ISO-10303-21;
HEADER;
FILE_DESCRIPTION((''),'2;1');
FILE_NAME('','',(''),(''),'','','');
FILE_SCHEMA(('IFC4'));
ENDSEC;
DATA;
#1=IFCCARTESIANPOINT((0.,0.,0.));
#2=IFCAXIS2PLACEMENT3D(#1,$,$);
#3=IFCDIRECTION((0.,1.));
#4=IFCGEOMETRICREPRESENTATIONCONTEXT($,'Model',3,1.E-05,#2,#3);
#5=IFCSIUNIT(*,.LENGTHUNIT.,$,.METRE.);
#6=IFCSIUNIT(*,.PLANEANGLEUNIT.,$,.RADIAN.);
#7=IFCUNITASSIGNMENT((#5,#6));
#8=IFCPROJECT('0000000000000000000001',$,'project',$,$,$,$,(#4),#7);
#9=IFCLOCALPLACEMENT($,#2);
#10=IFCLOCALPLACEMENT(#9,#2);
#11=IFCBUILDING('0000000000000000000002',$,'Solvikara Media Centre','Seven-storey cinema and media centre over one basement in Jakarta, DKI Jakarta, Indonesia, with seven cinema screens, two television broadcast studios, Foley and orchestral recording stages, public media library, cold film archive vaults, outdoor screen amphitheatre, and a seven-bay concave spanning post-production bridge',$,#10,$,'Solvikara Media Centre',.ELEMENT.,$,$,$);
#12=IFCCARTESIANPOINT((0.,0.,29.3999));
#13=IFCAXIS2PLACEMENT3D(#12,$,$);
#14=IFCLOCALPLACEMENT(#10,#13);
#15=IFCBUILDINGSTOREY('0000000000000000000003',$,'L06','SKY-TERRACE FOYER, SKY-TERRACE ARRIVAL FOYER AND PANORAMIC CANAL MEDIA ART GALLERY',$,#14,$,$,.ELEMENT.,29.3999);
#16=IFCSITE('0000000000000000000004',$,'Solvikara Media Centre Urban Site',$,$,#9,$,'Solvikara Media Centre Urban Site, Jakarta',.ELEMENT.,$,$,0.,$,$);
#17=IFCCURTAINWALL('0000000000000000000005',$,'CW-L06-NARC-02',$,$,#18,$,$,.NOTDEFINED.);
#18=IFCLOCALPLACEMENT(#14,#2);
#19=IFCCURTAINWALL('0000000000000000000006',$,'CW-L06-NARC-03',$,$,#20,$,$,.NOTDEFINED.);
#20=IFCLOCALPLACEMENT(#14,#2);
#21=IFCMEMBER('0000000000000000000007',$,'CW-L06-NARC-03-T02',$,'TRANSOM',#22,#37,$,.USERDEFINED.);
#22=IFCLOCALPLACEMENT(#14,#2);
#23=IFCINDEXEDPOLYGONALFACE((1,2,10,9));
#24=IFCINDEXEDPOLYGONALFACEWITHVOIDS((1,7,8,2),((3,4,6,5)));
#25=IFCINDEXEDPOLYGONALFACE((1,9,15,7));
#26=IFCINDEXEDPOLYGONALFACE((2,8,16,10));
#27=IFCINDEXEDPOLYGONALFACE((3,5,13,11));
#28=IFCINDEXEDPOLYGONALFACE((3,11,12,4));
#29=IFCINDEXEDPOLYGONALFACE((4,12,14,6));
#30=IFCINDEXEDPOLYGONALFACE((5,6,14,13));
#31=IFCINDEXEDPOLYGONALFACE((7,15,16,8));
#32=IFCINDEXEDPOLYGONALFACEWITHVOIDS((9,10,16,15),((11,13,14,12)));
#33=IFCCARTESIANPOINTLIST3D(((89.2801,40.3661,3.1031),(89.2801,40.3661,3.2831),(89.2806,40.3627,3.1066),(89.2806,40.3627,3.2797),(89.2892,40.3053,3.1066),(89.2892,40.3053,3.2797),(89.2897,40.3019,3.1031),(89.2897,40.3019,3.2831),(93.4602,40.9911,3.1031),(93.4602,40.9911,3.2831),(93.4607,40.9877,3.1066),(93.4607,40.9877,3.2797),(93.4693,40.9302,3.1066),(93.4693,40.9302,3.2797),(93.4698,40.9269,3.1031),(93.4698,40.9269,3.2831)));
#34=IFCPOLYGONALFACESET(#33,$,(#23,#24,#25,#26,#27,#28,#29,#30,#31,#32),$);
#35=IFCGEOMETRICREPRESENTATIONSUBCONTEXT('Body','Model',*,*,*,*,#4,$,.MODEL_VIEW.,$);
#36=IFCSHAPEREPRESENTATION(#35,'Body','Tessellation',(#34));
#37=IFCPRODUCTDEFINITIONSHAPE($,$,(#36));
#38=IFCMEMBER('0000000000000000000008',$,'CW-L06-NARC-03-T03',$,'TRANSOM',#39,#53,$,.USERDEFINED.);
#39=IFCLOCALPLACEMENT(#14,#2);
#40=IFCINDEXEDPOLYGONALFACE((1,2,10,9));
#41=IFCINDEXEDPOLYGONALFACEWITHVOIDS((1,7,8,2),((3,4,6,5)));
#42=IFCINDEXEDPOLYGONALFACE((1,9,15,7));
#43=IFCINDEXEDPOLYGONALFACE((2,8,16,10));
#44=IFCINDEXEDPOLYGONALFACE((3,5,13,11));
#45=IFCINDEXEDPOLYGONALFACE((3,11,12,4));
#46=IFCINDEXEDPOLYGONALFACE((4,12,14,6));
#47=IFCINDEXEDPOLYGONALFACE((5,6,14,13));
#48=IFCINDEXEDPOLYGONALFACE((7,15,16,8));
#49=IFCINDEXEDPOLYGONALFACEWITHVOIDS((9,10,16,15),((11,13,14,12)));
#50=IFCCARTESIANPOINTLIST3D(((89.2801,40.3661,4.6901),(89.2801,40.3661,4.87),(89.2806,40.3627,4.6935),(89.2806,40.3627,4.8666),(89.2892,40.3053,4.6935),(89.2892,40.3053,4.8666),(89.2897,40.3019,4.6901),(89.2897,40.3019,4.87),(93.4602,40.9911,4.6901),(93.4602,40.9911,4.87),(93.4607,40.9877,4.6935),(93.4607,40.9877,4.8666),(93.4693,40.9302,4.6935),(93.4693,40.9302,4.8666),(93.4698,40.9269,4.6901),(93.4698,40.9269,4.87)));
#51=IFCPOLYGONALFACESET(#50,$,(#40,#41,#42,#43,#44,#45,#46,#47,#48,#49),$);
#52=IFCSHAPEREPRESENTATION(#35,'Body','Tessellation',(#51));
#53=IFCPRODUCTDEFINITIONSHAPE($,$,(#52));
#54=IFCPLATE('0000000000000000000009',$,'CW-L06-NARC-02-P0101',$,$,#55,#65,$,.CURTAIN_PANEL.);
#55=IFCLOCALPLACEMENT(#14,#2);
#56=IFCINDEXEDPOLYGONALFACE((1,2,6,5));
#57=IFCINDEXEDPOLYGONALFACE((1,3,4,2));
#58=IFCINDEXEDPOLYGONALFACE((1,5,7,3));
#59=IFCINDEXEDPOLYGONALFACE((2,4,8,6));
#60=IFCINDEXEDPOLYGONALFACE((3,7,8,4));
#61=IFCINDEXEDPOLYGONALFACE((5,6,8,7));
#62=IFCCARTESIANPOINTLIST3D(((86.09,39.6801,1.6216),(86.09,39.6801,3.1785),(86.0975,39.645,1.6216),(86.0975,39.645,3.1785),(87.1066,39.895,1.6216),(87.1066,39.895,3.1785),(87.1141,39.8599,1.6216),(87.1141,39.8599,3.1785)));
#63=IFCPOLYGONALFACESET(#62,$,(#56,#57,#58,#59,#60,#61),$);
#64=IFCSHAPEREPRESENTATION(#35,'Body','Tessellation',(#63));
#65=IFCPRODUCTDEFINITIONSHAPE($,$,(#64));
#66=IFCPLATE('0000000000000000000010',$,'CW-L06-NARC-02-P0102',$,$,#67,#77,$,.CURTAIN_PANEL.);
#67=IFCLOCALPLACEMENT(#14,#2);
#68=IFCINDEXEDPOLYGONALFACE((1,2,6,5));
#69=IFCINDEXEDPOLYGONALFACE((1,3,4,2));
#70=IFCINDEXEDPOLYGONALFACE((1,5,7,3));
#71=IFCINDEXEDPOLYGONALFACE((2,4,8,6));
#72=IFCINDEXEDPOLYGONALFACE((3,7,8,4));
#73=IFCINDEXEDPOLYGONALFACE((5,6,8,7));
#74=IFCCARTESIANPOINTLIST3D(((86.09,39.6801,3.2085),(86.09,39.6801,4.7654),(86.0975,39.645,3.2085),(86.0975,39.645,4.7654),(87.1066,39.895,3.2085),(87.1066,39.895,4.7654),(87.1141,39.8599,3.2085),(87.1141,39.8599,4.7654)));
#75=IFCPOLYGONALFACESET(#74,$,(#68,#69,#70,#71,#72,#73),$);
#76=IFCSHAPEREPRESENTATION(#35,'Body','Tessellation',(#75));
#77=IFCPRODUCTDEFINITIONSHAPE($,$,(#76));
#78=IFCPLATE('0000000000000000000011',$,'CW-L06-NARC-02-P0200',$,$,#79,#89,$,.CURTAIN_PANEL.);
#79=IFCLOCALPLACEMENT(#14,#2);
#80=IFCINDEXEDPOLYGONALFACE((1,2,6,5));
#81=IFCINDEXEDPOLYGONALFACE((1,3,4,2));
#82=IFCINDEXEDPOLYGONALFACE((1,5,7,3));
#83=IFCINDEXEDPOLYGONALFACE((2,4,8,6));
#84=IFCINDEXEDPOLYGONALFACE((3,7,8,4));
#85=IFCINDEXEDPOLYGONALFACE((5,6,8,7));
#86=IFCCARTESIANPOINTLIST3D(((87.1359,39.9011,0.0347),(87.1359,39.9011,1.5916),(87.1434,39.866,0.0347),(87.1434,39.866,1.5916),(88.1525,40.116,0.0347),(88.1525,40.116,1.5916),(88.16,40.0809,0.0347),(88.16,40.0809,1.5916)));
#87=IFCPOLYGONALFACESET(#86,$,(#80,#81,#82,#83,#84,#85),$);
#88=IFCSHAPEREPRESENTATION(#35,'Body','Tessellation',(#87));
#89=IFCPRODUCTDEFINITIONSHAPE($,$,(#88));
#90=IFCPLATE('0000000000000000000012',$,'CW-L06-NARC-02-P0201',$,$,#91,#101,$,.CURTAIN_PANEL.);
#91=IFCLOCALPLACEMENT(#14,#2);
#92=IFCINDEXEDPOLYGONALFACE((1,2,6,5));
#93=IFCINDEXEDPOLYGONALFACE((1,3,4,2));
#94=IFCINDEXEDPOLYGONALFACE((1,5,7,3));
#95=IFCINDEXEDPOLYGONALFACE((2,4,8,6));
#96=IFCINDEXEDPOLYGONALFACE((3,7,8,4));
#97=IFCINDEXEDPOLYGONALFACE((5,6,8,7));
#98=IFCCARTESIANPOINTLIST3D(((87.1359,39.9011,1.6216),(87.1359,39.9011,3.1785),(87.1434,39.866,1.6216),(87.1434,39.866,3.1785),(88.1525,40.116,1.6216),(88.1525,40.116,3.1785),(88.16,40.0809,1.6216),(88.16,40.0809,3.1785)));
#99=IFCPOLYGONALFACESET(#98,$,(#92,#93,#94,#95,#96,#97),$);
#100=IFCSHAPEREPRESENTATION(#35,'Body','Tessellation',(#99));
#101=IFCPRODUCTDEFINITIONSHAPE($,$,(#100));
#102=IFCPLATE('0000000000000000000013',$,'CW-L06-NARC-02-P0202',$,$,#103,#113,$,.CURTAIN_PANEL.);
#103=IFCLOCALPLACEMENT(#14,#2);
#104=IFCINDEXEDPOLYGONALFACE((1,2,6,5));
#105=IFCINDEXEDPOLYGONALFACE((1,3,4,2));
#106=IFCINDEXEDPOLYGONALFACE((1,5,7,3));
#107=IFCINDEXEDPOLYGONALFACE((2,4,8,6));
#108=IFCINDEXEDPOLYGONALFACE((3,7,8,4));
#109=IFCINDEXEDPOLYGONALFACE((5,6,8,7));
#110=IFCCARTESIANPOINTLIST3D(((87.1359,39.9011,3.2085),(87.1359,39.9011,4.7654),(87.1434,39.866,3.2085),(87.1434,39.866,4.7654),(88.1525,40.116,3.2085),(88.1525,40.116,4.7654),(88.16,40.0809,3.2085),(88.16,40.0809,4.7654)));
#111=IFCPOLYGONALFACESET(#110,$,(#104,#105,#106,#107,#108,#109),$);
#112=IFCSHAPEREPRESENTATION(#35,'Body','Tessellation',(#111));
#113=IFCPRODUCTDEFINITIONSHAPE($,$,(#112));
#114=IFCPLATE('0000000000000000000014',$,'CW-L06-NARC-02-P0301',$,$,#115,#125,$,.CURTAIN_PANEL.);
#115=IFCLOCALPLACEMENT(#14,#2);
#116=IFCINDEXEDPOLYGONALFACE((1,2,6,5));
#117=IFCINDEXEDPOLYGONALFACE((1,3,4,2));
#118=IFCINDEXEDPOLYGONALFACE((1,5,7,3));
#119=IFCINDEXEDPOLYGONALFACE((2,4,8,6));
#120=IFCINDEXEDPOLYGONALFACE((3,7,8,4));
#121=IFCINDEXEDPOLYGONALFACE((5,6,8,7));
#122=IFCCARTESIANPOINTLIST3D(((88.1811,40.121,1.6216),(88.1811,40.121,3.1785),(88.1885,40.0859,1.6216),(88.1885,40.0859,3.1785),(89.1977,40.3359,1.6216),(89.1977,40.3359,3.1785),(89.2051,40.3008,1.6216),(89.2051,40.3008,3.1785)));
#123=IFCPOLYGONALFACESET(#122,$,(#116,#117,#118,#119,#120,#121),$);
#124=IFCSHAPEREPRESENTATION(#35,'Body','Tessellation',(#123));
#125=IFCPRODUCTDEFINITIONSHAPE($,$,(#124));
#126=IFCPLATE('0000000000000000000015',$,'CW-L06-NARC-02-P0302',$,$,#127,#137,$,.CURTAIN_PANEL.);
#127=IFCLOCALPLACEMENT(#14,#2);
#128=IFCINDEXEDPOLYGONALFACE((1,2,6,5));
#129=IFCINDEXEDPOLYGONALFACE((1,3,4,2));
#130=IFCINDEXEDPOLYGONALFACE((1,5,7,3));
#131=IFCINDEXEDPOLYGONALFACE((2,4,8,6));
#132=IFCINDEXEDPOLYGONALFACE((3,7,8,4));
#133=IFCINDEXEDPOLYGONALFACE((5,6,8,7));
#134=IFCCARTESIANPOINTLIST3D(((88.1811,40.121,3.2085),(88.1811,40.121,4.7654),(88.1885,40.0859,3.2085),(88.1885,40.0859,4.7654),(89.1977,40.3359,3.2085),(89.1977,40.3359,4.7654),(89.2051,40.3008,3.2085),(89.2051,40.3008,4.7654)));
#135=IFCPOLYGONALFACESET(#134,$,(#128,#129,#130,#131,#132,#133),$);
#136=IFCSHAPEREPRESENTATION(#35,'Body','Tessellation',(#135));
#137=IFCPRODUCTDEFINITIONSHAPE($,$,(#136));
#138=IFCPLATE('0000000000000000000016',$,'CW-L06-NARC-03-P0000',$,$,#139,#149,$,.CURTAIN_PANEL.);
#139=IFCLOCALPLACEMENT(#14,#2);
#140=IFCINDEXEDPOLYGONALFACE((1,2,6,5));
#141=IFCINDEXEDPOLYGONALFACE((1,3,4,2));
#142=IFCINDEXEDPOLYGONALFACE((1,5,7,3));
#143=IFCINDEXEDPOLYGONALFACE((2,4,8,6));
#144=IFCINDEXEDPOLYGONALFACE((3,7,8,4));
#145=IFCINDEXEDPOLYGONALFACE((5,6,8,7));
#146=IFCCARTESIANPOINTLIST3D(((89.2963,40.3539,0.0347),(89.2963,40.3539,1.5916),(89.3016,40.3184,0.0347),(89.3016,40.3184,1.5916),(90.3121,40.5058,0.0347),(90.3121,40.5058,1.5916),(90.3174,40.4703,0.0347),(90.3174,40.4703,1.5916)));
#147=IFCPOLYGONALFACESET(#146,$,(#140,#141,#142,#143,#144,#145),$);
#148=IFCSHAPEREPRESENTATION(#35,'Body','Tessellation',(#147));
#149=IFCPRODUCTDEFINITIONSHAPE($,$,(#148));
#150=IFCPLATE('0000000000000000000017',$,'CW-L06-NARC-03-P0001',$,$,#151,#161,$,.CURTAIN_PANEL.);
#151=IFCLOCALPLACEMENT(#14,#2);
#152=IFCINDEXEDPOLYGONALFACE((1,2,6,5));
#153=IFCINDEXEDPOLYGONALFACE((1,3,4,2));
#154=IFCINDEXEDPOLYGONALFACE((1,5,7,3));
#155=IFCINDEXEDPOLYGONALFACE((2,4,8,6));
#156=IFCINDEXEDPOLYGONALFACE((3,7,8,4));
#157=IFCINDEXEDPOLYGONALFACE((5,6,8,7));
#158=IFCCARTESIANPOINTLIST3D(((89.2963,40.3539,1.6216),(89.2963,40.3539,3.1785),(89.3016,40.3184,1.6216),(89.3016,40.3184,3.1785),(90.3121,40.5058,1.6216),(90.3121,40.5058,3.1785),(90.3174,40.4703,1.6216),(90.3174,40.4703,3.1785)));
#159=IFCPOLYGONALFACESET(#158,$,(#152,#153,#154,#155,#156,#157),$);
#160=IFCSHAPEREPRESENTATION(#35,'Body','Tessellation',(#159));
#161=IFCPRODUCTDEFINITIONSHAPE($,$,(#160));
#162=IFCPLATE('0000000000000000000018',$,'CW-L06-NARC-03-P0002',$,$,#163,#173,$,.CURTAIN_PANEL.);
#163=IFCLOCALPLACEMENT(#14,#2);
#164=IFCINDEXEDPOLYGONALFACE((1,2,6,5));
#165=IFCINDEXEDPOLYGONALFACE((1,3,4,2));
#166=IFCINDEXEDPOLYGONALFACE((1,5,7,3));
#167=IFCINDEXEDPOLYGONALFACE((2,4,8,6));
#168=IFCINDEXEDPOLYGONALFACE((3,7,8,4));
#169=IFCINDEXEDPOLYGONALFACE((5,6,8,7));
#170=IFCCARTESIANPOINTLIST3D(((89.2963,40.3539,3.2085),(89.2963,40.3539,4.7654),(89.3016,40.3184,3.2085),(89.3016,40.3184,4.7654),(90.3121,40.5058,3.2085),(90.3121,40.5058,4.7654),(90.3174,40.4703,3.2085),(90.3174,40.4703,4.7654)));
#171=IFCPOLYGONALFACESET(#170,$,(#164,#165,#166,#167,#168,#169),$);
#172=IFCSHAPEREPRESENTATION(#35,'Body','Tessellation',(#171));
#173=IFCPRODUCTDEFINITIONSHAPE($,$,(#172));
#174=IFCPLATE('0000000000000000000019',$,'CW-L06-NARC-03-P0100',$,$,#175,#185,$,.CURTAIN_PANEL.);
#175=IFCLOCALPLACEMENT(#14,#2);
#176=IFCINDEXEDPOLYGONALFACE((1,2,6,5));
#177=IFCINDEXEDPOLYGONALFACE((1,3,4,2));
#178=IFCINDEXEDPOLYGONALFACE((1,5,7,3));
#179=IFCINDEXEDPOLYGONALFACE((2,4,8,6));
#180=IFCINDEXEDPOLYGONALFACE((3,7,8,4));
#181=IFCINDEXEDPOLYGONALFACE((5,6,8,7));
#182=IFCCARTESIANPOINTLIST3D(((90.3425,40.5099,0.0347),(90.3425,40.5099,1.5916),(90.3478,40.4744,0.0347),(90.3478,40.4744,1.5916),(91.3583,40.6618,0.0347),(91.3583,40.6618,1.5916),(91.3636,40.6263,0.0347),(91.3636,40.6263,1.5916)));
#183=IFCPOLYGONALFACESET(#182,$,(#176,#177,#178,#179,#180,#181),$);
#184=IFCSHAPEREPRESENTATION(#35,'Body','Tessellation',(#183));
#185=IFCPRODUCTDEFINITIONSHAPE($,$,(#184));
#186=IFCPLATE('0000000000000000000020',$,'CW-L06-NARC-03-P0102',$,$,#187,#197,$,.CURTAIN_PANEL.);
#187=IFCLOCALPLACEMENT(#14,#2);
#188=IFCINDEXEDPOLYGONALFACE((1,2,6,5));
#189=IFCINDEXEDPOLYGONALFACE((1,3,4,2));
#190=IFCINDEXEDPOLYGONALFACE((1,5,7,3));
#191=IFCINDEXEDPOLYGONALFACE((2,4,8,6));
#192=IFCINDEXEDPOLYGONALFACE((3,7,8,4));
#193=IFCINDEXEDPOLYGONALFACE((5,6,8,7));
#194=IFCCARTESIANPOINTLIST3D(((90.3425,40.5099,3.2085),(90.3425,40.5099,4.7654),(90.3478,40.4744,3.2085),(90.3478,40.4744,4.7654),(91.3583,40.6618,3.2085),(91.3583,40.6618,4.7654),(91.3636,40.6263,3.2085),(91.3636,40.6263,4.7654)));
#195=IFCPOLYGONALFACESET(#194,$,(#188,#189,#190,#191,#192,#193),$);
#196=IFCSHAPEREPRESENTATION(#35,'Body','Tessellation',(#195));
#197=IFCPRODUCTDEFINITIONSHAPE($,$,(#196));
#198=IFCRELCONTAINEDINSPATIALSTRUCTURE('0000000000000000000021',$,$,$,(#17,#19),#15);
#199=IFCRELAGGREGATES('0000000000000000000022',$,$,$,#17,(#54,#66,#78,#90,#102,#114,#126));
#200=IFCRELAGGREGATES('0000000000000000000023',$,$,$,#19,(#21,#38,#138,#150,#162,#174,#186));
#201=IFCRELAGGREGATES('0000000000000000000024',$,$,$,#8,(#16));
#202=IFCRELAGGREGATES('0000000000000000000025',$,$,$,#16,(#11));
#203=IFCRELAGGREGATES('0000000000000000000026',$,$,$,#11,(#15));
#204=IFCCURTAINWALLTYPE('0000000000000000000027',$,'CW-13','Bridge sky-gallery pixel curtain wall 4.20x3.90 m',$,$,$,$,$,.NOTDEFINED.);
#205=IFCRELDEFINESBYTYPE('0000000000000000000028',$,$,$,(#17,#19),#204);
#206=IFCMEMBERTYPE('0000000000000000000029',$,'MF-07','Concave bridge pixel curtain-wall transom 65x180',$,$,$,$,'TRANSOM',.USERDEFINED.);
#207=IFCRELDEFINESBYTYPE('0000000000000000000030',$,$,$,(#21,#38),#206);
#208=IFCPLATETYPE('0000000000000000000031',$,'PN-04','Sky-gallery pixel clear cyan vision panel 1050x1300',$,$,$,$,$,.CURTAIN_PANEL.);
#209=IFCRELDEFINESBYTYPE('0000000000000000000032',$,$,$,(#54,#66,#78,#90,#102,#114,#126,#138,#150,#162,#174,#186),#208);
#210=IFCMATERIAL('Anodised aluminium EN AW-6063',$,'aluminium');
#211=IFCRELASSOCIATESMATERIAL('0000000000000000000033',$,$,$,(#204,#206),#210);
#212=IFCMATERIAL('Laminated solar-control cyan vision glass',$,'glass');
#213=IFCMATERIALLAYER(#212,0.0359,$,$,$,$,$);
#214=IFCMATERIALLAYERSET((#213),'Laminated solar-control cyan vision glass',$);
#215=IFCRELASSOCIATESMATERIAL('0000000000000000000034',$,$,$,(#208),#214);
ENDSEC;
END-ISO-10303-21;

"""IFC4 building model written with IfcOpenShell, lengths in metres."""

from ifc_helpers import new_model, si_unit, direction, frame, origin, origin_2d, place, context, subcontext, project, spatial, rectangle, hollow_rectangle, extrude, material, layer, layer_set, material_profile, profile_set, type_object, element, aggregate, save


model = new_model("IFC4")

# Units and contexts
model_context = context("Model", 3, precision=1e-05, world=origin(), true_north=direction((0.0, 1.0)))
body_context = subcontext(model_context, "Body", "Model", "MODEL_VIEW")
ifc_project = project(units=[si_unit("LENGTHUNIT", "METRE"), si_unit("PLANEANGLEUNIT", "RADIAN")], contexts=[model_context])

# Site, building, storey
site_placement = place(None, origin())
site = spatial("IfcSite", under=ifc_project, at=site_placement, Name="Solvikara Media Centre Urban Site", LongName="Solvikara Media Centre Urban Site, Jakarta", CompositionType="ELEMENT", RefElevation=0.0)
building_placement = place(site_placement, origin())
building = spatial("IfcBuilding", under=site, at=building_placement, Name="Solvikara Media Centre", Description="Seven-storey cinema and media centre over one basement in Jakarta, DKI Jakarta, Indonesia, with seven cinema screens, two television broadcast studios, Foley and orchestral recording stages, public media library, cold film archive vaults, outdoor screen amphitheatre, and a seven-bay concave spanning post-production bridge", LongName="Solvikara Media Centre", CompositionType="ELEMENT")
storey_placement = place(building_placement, frame((0.0, 0.0, 29.3999)))
storey = spatial("IfcBuildingStorey", under=building, at=storey_placement, Name="L06", Description="SKY-TERRACE FOYER, SKY-TERRACE ARRIVAL FOYER AND PANORAMIC CANAL MEDIA ART GALLERY", CompositionType="ELEMENT", Elevation=29.3999)

# Curtain walls, members
ifc_material_1 = material(Name="Anodised aluminium EN AW-6063", Category="aluminium")
curtain_wall_type = type_object("IfcCurtainWallType", Name="CW-13", Description="Bridge sky-gallery pixel curtain wall 4.20x3.90 m", PredefinedType="NOTDEFINED", material=ifc_material_1)
curtain_wall_1_placement = place(storey_placement, origin())
curtain_wall_1 = element("IfcCurtainWall", 1, at=curtain_wall_1_placement, inside=storey, type_object=curtain_wall_type, Name="CW-L06-NARC-02", PredefinedType="NOTDEFINED")
curtain_wall_2_placement = place(storey_placement, origin())
curtain_wall_2 = element("IfcCurtainWall", 2, at=curtain_wall_2_placement, inside=storey, type_object=curtain_wall_type, Name="CW-L06-NARC-03", PredefinedType="NOTDEFINED")
ifc_material_profile_1 = material_profile(ifc_material_1, hollow_rectangle(XDim=0.0649, YDim=0.1799, WallThickness=0.0034, at=origin_2d()), Name="ALU-T 65x180x3.5")
ifc_profile_set_1 = profile_set([ifc_material_profile_1], Name="Anodised aluminium EN AW-6063")
member_type_1 = type_object("IfcMemberType", Name="MF-07", Description="Concave bridge pixel curtain-wall transom 65x180", ElementType="TRANSOM", PredefinedType="USERDEFINED", material=ifc_profile_set_1)
member_1_placement = place(storey_placement, frame((89.2849, 40.334, 3.1931), z_axis=(0.989007, 0.147872, 0.0), x_axis=(-0.147872, 0.989007, 0.0)))
member_1 = element("IfcMember", 3, at=member_1_placement, type_object=member_type_1, Name="CW-L06-NARC-03-T02", ObjectType="TRANSOM", PredefinedType="USERDEFINED", context=body_context, shape_type="SweptSolid", body=[
    extrude(hollow_rectangle(XDim=0.0649, YDim=0.1799, WallThickness=0.0034, at=origin_2d()), origin(), (0.0, 0.0, 1.0), 4.2266),
])
member_2_placement = place(storey_placement, frame((89.2849, 40.334, 4.78), z_axis=(0.989007, 0.147872, 0.0), x_axis=(-0.147872, 0.989007, 0.0)))
member_2 = element("IfcMember", 4, at=member_2_placement, type_object=member_type_1, Name="CW-L06-NARC-03-T03", ObjectType="TRANSOM", PredefinedType="USERDEFINED", context=body_context, shape_type="SweptSolid", body=[
    extrude(hollow_rectangle(XDim=0.0649, YDim=0.1799, WallThickness=0.0034, at=origin_2d()), origin(), (0.0, 0.0, 1.0), 4.2266),
])

# Plates
ifc_material_2 = material(Name="Laminated solar-control cyan vision glass", Category="glass")
ifc_layer_1 = layer(ifc_material_2, 0.0359)
ifc_layer_set_1 = layer_set([ifc_layer_1], Name="Laminated solar-control cyan vision glass")
plate_type_1 = type_object("IfcPlateType", Name="PN-04", Description="Sky-gallery pixel clear cyan vision panel 1050x1300", PredefinedType="CURTAIN_PANEL", material=ifc_layer_set_1)
plate_1_placement = place(storey_placement, frame((86.6021, 39.77, 1.6216), z_axis=(0.0, 0.0, 1.0), x_axis=(0.978379, 0.206819, 0.0)))
plate_1 = element("IfcPlate", 5, at=plate_1_placement, type_object=plate_type_1, Name="CW-L06-NARC-02-P0101", PredefinedType="CURTAIN_PANEL", context=body_context, shape_type="SweptSolid", body=[
    extrude(rectangle(XDim=1.0391, YDim=0.0359, at=origin_2d()), origin(), (0.0, 0.0, 1.0), 1.5569),
])
plate_2_placement = place(storey_placement, frame((86.6021, 39.77, 3.2085), z_axis=(0.0, 0.0, 1.0), x_axis=(0.978379, 0.206819, 0.0)))
plate_2 = element("IfcPlate", 6, at=plate_2_placement, type_object=plate_type_1, Name="CW-L06-NARC-02-P0102", PredefinedType="CURTAIN_PANEL", context=body_context, shape_type="SweptSolid", body=[
    extrude(rectangle(XDim=1.0391, YDim=0.0359, at=origin_2d()), origin(), (0.0, 0.0, 1.0), 1.5569),
])
plate_3_placement = place(storey_placement, frame((87.6479, 39.991, 0.0347), z_axis=(0.0, 0.0, 1.0), x_axis=(0.978379, 0.206819, 0.0)))
plate_3 = element("IfcPlate", 7, at=plate_3_placement, type_object=plate_type_1, Name="CW-L06-NARC-02-P0200", PredefinedType="CURTAIN_PANEL", context=body_context, shape_type="SweptSolid", body=[
    extrude(rectangle(XDim=1.0391, YDim=0.0359, at=origin_2d()), origin(), (0.0, 0.0, 1.0), 1.5569),
])
plate_4_placement = place(storey_placement, frame((87.6479, 39.991, 1.6216), z_axis=(0.0, 0.0, 1.0), x_axis=(0.978379, 0.206819, 0.0)))
plate_4 = element("IfcPlate", 8, at=plate_4_placement, type_object=plate_type_1, Name="CW-L06-NARC-02-P0201", PredefinedType="CURTAIN_PANEL", context=body_context, shape_type="SweptSolid", body=[
    extrude(rectangle(XDim=1.0391, YDim=0.0359, at=origin_2d()), origin(), (0.0, 0.0, 1.0), 1.5569),
])
plate_5_placement = place(storey_placement, frame((87.6479, 39.991, 3.2085), z_axis=(0.0, 0.0, 1.0), x_axis=(0.978379, 0.206819, 0.0)))
plate_5 = element("IfcPlate", 9, at=plate_5_placement, type_object=plate_type_1, Name="CW-L06-NARC-02-P0202", PredefinedType="CURTAIN_PANEL", context=body_context, shape_type="SweptSolid", body=[
    extrude(rectangle(XDim=1.0391, YDim=0.0359, at=origin_2d()), origin(), (0.0, 0.0, 1.0), 1.5569),
])
plate_6_placement = place(storey_placement, frame((88.6931, 40.2109, 1.6216), z_axis=(0.0, 0.0, 1.0), x_axis=(0.978379, 0.206819, 0.0)))
plate_6 = element("IfcPlate", 10, at=plate_6_placement, type_object=plate_type_1, Name="CW-L06-NARC-02-P0301", PredefinedType="CURTAIN_PANEL", context=body_context, shape_type="SweptSolid", body=[
    extrude(rectangle(XDim=1.0391, YDim=0.0359, at=origin_2d()), origin(), (0.0, 0.0, 1.0), 1.5569),
])
plate_7_placement = place(storey_placement, frame((88.6931, 40.2109, 3.2085), z_axis=(0.0, 0.0, 1.0), x_axis=(0.978379, 0.206819, 0.0)))
plate_7 = element("IfcPlate", 11, at=plate_7_placement, type_object=plate_type_1, Name="CW-L06-NARC-02-P0302", PredefinedType="CURTAIN_PANEL", context=body_context, shape_type="SweptSolid", body=[
    extrude(rectangle(XDim=1.0391, YDim=0.0359, at=origin_2d()), origin(), (0.0, 0.0, 1.0), 1.5569),
])
plate_8_placement = place(storey_placement, frame((89.8069, 40.4121, 0.0347), z_axis=(0.0, 0.0, 1.0), x_axis=(0.989006, 0.147878, 0.0)))
plate_8 = element("IfcPlate", 12, at=plate_8_placement, type_object=plate_type_1, Name="CW-L06-NARC-03-P0000", PredefinedType="CURTAIN_PANEL", context=body_context, shape_type="SweptSolid", body=[
    extrude(rectangle(XDim=1.0271, YDim=0.0359, at=origin_2d()), origin(), (0.0, 0.0, 1.0), 1.5569),
])
plate_9_placement = place(storey_placement, frame((89.8069, 40.4121, 1.6216), z_axis=(0.0, 0.0, 1.0), x_axis=(0.989006, 0.147878, 0.0)))
plate_9 = element("IfcPlate", 13, at=plate_9_placement, type_object=plate_type_1, Name="CW-L06-NARC-03-P0001", PredefinedType="CURTAIN_PANEL", context=body_context, shape_type="SweptSolid", body=[
    extrude(rectangle(XDim=1.0271, YDim=0.0359, at=origin_2d()), origin(), (0.0, 0.0, 1.0), 1.5569),
])
plate_10_placement = place(storey_placement, frame((89.8069, 40.4121, 3.2085), z_axis=(0.0, 0.0, 1.0), x_axis=(0.989006, 0.147878, 0.0)))
plate_10 = element("IfcPlate", 14, at=plate_10_placement, type_object=plate_type_1, Name="CW-L06-NARC-03-P0002", PredefinedType="CURTAIN_PANEL", context=body_context, shape_type="SweptSolid", body=[
    extrude(rectangle(XDim=1.0271, YDim=0.0359, at=origin_2d()), origin(), (0.0, 0.0, 1.0), 1.5569),
])
plate_11_placement = place(storey_placement, frame((90.853, 40.5681, 0.0347), z_axis=(0.0, 0.0, 1.0), x_axis=(0.989006, 0.147878, 0.0)))
plate_11 = element("IfcPlate", 15, at=plate_11_placement, type_object=plate_type_1, Name="CW-L06-NARC-03-P0100", PredefinedType="CURTAIN_PANEL", context=body_context, shape_type="SweptSolid", body=[
    extrude(rectangle(XDim=1.0271, YDim=0.0359, at=origin_2d()), origin(), (0.0, 0.0, 1.0), 1.5569),
])
plate_12_placement = place(storey_placement, frame((90.853, 40.5681, 3.2085), z_axis=(0.0, 0.0, 1.0), x_axis=(0.989006, 0.147878, 0.0)))
plate_12 = element("IfcPlate", 16, at=plate_12_placement, type_object=plate_type_1, Name="CW-L06-NARC-03-P0102", PredefinedType="CURTAIN_PANEL", context=body_context, shape_type="SweptSolid", body=[
    extrude(rectangle(XDim=1.0271, YDim=0.0359, at=origin_2d()), origin(), (0.0, 0.0, 1.0), 1.5569),
])
aggregate(curtain_wall_1, [plate_1, plate_2, plate_3, plate_4, plate_5, plate_6, plate_7])
aggregate(curtain_wall_2, [member_1, member_2, plate_8, plate_9, plate_10, plate_11, plate_12])

save(model, "model.ifc")
